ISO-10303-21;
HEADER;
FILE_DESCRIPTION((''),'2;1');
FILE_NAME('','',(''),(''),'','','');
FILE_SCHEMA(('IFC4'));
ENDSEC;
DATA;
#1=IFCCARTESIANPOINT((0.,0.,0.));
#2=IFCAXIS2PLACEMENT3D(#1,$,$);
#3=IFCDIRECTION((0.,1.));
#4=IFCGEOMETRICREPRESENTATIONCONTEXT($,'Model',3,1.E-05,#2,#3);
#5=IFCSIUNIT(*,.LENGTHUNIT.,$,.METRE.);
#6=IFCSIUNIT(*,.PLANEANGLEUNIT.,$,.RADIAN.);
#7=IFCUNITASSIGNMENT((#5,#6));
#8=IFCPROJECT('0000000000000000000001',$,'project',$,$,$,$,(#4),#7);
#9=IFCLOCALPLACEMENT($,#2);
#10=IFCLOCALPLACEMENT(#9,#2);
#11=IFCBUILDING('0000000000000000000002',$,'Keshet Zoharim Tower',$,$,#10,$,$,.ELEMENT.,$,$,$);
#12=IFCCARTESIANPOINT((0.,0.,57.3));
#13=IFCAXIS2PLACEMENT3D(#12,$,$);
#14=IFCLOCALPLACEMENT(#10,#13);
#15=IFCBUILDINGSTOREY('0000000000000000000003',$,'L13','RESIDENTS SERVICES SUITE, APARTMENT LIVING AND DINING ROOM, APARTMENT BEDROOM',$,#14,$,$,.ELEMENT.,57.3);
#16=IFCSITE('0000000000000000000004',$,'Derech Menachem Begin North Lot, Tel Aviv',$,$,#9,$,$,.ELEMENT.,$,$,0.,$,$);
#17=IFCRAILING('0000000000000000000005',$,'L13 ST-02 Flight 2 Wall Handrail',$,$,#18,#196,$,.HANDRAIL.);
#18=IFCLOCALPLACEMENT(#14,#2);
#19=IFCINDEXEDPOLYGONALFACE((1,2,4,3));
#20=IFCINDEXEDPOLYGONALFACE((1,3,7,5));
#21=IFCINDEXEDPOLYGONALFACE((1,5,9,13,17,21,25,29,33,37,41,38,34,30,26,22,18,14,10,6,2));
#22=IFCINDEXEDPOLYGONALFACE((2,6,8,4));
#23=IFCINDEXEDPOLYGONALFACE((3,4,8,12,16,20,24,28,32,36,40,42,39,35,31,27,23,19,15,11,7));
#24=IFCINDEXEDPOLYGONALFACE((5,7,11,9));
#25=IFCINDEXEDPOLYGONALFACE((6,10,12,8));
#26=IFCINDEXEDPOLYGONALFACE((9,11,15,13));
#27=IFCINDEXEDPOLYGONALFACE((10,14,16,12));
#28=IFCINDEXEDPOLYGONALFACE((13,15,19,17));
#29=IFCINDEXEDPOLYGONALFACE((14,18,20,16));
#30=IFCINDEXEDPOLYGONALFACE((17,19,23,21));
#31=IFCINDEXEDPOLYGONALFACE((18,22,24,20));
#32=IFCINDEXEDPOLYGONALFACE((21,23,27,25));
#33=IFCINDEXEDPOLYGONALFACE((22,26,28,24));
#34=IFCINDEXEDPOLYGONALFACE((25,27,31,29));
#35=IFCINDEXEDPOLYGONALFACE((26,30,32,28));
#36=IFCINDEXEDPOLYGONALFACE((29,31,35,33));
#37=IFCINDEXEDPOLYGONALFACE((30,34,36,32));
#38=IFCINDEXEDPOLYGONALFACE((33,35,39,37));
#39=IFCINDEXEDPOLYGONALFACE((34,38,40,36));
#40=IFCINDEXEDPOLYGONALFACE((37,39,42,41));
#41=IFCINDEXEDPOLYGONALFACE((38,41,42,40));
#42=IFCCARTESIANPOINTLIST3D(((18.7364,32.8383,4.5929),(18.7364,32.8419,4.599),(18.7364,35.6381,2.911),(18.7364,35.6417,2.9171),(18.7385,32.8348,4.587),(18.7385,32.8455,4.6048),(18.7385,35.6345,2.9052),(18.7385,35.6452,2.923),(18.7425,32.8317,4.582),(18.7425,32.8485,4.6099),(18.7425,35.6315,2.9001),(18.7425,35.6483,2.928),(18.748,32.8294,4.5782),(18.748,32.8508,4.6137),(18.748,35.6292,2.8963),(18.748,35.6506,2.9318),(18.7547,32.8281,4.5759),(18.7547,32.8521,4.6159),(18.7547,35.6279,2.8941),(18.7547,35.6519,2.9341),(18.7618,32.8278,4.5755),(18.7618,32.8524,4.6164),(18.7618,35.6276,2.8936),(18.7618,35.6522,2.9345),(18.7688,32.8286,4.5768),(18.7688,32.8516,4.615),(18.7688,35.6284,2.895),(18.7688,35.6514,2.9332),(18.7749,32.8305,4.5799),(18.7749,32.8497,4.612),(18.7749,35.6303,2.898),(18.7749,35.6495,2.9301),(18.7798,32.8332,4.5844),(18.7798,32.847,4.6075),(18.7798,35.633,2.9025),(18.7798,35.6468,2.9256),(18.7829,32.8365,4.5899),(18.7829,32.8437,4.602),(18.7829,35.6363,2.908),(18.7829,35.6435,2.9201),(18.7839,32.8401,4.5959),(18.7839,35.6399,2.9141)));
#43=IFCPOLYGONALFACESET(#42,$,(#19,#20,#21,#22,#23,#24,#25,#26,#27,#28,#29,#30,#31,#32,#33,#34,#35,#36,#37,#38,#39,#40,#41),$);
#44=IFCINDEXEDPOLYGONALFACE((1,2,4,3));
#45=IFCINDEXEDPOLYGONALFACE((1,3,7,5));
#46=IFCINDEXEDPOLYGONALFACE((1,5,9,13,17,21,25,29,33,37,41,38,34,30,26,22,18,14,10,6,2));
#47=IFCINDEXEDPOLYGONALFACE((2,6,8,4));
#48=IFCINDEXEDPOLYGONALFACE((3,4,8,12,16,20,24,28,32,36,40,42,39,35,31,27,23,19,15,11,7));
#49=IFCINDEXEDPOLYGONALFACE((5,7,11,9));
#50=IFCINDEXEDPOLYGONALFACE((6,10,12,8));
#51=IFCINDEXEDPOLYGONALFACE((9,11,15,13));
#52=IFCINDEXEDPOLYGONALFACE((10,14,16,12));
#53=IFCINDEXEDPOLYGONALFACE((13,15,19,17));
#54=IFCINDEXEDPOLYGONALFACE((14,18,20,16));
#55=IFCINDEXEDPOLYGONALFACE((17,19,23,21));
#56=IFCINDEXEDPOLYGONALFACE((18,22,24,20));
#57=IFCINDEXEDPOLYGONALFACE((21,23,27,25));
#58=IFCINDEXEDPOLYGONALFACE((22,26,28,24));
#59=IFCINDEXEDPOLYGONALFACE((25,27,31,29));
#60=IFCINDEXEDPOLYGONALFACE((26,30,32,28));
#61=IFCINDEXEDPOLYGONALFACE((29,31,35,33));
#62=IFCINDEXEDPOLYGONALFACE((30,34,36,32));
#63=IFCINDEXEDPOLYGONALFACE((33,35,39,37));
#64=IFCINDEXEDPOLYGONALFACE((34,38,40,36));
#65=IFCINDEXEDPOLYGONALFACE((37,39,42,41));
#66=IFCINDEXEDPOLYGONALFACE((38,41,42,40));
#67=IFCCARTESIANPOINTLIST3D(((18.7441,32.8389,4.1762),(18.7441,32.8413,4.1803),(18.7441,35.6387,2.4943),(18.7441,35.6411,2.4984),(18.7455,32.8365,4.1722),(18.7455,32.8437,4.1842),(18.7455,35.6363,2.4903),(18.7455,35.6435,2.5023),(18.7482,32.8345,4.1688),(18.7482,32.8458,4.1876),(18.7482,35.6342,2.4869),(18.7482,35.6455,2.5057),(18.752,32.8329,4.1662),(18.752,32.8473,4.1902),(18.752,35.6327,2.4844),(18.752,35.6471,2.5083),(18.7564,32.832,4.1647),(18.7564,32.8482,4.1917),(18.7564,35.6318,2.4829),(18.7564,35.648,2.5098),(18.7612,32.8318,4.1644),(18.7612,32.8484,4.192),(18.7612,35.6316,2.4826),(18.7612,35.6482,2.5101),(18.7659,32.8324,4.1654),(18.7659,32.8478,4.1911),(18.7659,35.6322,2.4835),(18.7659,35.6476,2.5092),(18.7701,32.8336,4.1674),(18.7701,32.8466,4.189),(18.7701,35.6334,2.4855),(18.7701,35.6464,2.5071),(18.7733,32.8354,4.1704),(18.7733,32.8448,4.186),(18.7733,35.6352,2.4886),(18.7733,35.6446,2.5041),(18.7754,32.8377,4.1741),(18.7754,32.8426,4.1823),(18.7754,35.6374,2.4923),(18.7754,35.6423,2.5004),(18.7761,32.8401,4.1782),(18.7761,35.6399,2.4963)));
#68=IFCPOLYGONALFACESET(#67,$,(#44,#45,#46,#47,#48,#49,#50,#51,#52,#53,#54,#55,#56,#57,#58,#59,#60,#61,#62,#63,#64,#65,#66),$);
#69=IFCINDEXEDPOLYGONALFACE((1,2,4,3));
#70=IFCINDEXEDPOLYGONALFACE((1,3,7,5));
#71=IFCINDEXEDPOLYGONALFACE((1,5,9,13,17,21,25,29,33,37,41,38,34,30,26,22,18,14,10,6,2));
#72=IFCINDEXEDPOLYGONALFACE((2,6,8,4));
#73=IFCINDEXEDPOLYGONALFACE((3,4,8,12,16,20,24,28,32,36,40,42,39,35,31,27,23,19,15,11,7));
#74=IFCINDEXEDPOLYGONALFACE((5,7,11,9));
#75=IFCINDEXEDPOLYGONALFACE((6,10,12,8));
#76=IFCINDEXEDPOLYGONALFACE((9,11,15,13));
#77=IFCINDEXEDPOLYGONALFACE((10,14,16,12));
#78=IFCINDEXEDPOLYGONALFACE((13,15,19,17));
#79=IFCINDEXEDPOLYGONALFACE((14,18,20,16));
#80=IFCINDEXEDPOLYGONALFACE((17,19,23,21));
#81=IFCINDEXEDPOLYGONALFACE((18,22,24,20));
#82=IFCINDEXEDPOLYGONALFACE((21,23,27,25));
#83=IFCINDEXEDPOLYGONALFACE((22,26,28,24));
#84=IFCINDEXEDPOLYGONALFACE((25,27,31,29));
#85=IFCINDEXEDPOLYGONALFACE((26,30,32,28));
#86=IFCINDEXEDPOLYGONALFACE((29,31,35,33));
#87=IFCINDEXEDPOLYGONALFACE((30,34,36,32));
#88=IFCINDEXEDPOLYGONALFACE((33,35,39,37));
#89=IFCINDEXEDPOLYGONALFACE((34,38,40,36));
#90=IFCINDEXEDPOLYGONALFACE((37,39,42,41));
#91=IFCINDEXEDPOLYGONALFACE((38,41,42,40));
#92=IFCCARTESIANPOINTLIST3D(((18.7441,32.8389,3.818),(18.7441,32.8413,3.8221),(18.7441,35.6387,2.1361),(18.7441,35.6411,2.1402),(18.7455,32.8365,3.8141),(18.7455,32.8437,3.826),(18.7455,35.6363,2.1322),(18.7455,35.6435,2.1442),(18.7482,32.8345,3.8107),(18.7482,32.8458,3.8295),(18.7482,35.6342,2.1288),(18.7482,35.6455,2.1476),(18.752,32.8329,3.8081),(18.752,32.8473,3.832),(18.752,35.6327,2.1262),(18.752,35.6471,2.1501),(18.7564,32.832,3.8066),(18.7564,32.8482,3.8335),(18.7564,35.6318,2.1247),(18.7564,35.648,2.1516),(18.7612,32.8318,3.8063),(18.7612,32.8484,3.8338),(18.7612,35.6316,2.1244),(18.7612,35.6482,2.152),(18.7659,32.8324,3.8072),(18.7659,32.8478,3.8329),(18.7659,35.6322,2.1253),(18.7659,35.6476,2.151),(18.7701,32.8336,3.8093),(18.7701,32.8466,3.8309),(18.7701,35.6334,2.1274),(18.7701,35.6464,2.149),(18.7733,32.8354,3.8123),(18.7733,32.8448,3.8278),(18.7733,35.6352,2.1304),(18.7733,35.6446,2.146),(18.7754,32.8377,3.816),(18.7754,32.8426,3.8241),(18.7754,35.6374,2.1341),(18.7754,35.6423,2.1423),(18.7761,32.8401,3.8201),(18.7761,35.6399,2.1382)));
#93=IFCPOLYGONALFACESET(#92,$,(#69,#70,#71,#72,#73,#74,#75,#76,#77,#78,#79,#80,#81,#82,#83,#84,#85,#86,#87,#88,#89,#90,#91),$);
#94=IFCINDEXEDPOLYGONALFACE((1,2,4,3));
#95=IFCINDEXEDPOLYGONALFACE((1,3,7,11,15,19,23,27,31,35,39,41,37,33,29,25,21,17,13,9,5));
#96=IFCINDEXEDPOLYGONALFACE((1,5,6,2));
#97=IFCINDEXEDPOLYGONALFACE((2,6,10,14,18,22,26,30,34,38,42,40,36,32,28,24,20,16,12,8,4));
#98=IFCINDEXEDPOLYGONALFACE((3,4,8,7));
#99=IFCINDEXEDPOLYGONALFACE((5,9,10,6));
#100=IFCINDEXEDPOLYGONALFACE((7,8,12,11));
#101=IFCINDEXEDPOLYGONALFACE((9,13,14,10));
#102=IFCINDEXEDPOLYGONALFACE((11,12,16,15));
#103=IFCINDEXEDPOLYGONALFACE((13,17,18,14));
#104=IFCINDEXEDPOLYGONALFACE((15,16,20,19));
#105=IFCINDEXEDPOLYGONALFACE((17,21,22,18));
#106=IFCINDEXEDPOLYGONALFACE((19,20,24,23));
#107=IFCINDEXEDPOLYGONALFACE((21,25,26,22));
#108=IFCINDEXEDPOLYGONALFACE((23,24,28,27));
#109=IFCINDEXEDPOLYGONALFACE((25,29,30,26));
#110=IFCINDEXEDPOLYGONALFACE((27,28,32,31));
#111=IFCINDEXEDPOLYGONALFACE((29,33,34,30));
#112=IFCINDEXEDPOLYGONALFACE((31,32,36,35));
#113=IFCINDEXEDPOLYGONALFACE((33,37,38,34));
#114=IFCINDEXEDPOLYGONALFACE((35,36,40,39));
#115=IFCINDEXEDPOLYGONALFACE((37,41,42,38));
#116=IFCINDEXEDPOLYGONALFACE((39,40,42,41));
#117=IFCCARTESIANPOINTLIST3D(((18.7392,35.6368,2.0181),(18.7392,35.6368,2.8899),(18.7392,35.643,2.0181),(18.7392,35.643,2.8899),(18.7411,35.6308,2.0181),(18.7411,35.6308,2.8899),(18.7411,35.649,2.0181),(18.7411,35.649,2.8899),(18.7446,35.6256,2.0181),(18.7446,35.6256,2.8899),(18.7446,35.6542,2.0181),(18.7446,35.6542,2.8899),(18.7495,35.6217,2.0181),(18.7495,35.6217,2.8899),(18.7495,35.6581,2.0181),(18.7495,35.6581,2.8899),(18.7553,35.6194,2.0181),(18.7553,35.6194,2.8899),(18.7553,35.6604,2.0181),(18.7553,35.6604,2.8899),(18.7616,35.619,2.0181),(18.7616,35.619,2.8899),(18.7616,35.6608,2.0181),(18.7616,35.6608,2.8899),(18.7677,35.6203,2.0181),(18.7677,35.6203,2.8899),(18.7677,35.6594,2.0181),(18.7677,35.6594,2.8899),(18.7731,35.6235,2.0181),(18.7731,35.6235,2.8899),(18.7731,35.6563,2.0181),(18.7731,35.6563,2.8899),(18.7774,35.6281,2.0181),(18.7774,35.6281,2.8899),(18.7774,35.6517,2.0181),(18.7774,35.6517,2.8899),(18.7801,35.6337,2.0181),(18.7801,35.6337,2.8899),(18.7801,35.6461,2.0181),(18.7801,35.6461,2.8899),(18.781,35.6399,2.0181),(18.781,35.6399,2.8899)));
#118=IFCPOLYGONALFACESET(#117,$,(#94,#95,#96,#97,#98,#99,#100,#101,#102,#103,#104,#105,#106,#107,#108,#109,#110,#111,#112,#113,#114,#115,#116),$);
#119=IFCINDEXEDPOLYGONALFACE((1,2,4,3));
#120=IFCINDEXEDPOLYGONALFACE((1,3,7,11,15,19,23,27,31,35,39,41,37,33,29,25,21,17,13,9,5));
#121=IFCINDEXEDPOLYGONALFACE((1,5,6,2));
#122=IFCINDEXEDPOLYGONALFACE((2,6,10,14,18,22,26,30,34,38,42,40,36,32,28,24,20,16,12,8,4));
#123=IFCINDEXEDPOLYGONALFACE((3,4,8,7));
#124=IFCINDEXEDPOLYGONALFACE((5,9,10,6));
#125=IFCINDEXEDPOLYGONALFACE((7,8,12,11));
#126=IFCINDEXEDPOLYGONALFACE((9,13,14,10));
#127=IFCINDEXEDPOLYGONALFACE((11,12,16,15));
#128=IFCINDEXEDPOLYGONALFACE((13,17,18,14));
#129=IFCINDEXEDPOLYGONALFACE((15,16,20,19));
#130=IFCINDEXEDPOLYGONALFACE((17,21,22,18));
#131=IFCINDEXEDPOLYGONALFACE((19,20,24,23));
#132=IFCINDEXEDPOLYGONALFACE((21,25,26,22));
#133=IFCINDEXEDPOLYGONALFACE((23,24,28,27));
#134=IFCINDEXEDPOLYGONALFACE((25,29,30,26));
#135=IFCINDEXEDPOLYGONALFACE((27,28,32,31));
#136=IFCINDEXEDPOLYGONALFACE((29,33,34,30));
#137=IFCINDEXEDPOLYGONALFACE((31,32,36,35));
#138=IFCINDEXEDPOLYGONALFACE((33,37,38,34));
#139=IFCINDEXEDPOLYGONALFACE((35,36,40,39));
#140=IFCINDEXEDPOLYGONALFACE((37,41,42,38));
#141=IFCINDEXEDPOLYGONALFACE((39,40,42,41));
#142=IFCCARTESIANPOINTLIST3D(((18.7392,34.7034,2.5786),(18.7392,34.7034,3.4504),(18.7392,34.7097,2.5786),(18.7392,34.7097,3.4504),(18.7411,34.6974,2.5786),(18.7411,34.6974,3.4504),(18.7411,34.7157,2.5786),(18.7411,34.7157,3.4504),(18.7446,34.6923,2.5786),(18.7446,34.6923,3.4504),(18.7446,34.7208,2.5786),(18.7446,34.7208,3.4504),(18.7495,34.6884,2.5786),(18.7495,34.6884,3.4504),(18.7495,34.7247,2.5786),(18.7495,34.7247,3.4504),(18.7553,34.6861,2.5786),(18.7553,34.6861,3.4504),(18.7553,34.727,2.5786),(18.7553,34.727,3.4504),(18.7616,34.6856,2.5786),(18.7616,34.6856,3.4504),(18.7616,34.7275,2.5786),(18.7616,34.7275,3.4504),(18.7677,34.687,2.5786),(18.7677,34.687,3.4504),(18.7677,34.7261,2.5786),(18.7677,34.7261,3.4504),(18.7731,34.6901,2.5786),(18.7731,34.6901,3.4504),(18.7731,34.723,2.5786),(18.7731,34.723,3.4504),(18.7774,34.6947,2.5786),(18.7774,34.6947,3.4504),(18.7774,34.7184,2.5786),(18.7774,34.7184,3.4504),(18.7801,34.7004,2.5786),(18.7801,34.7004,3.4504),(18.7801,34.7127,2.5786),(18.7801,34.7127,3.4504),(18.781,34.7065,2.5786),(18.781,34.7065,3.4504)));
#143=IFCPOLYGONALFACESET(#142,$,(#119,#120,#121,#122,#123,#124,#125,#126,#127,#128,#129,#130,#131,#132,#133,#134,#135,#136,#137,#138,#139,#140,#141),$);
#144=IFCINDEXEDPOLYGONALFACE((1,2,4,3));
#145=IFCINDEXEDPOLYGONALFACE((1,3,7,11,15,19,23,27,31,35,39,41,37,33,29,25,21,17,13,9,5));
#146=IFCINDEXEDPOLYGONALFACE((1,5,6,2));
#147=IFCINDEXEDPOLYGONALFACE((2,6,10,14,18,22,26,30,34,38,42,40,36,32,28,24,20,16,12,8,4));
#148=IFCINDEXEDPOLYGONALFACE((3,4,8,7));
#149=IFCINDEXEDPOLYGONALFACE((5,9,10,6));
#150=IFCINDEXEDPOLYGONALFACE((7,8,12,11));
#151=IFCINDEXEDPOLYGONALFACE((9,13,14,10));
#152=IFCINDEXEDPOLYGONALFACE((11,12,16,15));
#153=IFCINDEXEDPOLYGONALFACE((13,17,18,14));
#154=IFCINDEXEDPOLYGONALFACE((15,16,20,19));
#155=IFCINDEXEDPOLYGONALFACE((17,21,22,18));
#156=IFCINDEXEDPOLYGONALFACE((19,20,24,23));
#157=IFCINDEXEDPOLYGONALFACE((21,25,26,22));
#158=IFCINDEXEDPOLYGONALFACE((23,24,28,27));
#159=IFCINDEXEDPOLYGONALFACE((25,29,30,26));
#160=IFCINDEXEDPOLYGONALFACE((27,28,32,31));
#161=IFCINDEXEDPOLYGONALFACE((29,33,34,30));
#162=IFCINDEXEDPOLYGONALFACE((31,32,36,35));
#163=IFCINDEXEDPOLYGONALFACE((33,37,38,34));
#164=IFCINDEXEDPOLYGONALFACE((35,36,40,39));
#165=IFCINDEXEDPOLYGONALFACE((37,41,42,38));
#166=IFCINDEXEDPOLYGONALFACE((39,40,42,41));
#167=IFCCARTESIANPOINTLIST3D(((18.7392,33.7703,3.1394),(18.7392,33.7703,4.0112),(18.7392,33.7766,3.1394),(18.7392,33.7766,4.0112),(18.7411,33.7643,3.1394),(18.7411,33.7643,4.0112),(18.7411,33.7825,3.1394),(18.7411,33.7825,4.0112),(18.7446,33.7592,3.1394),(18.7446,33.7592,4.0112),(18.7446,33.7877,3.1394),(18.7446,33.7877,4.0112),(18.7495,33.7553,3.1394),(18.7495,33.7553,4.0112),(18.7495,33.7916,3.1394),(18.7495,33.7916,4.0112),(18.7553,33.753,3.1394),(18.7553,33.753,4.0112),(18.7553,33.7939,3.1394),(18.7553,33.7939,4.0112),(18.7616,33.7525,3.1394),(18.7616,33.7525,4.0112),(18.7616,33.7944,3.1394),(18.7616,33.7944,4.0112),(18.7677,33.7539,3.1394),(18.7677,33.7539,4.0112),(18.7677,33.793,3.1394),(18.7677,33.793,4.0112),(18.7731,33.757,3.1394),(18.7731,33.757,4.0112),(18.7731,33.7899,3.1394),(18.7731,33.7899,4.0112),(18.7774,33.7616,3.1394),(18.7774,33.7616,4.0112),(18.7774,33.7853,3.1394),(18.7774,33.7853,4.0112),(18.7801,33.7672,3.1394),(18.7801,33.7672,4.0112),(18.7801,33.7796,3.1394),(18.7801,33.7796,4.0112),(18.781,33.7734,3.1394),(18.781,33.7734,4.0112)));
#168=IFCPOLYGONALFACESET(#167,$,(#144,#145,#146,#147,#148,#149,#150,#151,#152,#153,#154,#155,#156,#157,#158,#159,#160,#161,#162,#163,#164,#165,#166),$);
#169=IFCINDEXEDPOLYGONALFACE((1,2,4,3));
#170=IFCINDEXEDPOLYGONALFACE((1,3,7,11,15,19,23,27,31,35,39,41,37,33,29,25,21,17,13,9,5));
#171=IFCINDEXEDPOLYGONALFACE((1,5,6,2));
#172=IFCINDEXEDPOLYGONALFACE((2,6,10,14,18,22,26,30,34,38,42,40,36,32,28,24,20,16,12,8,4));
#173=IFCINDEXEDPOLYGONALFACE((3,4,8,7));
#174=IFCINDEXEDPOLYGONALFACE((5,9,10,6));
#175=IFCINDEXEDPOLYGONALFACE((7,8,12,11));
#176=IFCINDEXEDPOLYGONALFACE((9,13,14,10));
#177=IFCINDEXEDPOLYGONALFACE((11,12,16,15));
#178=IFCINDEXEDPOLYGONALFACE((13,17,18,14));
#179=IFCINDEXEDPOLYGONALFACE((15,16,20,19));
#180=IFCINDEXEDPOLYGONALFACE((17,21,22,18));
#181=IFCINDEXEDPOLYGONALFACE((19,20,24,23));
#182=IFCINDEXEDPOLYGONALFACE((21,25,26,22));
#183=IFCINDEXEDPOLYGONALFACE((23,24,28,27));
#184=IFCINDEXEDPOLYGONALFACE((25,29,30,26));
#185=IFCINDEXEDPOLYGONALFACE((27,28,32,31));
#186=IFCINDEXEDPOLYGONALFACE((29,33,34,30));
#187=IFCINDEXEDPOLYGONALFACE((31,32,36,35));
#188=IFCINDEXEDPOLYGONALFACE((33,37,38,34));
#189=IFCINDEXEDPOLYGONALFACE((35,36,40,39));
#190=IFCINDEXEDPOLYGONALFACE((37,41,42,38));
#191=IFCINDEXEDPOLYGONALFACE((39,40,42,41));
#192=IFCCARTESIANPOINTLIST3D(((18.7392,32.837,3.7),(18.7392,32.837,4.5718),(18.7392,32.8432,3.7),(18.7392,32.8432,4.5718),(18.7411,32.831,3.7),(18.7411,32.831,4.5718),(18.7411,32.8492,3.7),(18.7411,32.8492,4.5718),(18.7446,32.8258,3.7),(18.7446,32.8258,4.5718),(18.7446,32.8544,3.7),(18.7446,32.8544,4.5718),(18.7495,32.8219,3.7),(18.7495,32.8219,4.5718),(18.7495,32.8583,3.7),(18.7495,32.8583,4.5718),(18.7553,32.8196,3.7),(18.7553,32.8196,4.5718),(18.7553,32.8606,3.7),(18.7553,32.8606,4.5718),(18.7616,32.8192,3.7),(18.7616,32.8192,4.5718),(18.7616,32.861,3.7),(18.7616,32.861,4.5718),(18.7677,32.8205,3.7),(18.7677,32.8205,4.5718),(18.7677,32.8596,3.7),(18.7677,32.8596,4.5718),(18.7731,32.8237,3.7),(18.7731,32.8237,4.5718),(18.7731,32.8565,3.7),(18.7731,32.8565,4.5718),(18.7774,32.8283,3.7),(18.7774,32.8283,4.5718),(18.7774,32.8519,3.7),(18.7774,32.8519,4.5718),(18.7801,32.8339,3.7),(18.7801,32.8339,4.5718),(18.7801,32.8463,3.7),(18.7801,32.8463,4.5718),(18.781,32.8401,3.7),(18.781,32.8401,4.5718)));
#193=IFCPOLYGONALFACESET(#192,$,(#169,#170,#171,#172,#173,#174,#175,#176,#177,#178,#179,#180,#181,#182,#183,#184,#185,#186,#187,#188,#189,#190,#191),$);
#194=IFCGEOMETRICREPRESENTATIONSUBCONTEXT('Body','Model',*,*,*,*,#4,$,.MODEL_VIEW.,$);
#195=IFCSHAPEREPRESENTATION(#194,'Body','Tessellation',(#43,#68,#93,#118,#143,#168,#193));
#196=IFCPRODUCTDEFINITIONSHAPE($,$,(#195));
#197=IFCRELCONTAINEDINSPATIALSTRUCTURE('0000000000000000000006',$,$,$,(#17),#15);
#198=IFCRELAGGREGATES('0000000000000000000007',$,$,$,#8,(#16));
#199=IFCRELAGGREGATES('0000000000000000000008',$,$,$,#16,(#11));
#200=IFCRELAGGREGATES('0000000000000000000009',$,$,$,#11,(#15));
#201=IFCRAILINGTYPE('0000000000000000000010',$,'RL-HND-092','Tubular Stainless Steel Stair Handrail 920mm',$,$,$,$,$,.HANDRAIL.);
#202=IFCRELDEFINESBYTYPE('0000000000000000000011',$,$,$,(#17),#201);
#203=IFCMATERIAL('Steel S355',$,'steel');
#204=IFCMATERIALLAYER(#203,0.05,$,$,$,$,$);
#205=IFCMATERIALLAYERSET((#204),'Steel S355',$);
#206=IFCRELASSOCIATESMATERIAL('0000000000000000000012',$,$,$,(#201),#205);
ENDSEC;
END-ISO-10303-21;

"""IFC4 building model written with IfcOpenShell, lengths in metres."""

from ifc_helpers import new_model, si_unit, direction, frame, origin, origin_2d, place, context, subcontext, project, spatial, circle, extrude, material, layer, layer_set, type_object, element, save


model = new_model("IFC4")

# Units and contexts
model_context = context("Model", 3, precision=1e-05, world=origin(), true_north=direction((0.0, 1.0)))
body_context = subcontext(model_context, "Body", "Model", "MODEL_VIEW")
ifc_project = project(units=[si_unit("LENGTHUNIT", "METRE"), si_unit("PLANEANGLEUNIT", "RADIAN")], contexts=[model_context])

# Site, building, storey
site_placement = place(None, origin())
site = spatial("IfcSite", under=ifc_project, at=site_placement, Name="Derech Menachem Begin North Lot, Tel Aviv", CompositionType="ELEMENT", RefElevation=0.0)
building_placement = place(site_placement, origin())
building = spatial("IfcBuilding", under=site, at=building_placement, Name="Keshet Zoharim Tower", CompositionType="ELEMENT")
storey_placement = place(building_placement, frame((0.0, 0.0, 57.3)))
storey = spatial("IfcBuildingStorey", under=building, at=storey_placement, Name="L13", Description="RESIDENTS SERVICES SUITE, APARTMENT LIVING AND DINING ROOM, APARTMENT BEDROOM", CompositionType="ELEMENT", Elevation=57.3)

# Shared definitions
ifc_material_1 = material(Name="Steel S355", Category="steel")

# Railing
ifc_layer_1 = layer(ifc_material_1, 0.05)
ifc_layer_set_1 = layer_set([ifc_layer_1], Name="Steel S355")
railing_type_1 = type_object("IfcRailingType", Name="RL-HND-092", Description="Tubular Stainless Steel Stair Handrail 920mm", PredefinedType="HANDRAIL", material=ifc_layer_set_1)
railing_1_placement = place(storey_placement, frame((18.76, 35.6399, 2.0181)))
element("IfcRailing", 1, at=railing_1_placement, inside=storey, type_object=railing_type_1, Name="L13 ST-02 Flight 2 Wall Handrail", PredefinedType="HANDRAIL", context=body_context, shape_type="SweptSolid", body=[
    extrude(circle(Radius=0.0239, at=origin_2d()), frame((0.0, 0.0, 0.896), z_axis=(0.0, -0.857222, 0.514946), x_axis=(1.0, 0.0, 0.0)), (0.0, 0.0, 1.0), 3.2661),
    extrude(circle(Radius=0.0161, at=origin_2d()), frame((0.0, 0.0, 0.4783), z_axis=(0.0, -0.857222, 0.514946), x_axis=(1.0, 0.0, 0.0)), (0.0, 0.0, 1.0), 3.2661),
    extrude(circle(Radius=0.0161, at=origin_2d()), frame((0.0, 0.0, 0.1201), z_axis=(0.0, -0.857222, 0.514946), x_axis=(1.0, 0.0, 0.0)), (0.0, 0.0, 1.0), 3.2661),
    extrude(circle(Radius=0.021, at=origin_2d()), origin(), (0.0, 0.0, 1.0), 0.8718),
    extrude(circle(Radius=0.021, at=origin_2d()), frame((0.0, -0.9333, 0.5605)), (0.0, 0.0, 1.0), 0.8718),
    extrude(circle(Radius=0.021, at=origin_2d()), frame((0.0, -1.8665, 1.1213)), (0.0, 0.0, 1.0), 0.8718),
    extrude(circle(Radius=0.021, at=origin_2d()), frame((0.0, -2.7998, 1.6819)), (0.0, 0.0, 1.0), 0.8718),
])

save(model, "model.ifc")
